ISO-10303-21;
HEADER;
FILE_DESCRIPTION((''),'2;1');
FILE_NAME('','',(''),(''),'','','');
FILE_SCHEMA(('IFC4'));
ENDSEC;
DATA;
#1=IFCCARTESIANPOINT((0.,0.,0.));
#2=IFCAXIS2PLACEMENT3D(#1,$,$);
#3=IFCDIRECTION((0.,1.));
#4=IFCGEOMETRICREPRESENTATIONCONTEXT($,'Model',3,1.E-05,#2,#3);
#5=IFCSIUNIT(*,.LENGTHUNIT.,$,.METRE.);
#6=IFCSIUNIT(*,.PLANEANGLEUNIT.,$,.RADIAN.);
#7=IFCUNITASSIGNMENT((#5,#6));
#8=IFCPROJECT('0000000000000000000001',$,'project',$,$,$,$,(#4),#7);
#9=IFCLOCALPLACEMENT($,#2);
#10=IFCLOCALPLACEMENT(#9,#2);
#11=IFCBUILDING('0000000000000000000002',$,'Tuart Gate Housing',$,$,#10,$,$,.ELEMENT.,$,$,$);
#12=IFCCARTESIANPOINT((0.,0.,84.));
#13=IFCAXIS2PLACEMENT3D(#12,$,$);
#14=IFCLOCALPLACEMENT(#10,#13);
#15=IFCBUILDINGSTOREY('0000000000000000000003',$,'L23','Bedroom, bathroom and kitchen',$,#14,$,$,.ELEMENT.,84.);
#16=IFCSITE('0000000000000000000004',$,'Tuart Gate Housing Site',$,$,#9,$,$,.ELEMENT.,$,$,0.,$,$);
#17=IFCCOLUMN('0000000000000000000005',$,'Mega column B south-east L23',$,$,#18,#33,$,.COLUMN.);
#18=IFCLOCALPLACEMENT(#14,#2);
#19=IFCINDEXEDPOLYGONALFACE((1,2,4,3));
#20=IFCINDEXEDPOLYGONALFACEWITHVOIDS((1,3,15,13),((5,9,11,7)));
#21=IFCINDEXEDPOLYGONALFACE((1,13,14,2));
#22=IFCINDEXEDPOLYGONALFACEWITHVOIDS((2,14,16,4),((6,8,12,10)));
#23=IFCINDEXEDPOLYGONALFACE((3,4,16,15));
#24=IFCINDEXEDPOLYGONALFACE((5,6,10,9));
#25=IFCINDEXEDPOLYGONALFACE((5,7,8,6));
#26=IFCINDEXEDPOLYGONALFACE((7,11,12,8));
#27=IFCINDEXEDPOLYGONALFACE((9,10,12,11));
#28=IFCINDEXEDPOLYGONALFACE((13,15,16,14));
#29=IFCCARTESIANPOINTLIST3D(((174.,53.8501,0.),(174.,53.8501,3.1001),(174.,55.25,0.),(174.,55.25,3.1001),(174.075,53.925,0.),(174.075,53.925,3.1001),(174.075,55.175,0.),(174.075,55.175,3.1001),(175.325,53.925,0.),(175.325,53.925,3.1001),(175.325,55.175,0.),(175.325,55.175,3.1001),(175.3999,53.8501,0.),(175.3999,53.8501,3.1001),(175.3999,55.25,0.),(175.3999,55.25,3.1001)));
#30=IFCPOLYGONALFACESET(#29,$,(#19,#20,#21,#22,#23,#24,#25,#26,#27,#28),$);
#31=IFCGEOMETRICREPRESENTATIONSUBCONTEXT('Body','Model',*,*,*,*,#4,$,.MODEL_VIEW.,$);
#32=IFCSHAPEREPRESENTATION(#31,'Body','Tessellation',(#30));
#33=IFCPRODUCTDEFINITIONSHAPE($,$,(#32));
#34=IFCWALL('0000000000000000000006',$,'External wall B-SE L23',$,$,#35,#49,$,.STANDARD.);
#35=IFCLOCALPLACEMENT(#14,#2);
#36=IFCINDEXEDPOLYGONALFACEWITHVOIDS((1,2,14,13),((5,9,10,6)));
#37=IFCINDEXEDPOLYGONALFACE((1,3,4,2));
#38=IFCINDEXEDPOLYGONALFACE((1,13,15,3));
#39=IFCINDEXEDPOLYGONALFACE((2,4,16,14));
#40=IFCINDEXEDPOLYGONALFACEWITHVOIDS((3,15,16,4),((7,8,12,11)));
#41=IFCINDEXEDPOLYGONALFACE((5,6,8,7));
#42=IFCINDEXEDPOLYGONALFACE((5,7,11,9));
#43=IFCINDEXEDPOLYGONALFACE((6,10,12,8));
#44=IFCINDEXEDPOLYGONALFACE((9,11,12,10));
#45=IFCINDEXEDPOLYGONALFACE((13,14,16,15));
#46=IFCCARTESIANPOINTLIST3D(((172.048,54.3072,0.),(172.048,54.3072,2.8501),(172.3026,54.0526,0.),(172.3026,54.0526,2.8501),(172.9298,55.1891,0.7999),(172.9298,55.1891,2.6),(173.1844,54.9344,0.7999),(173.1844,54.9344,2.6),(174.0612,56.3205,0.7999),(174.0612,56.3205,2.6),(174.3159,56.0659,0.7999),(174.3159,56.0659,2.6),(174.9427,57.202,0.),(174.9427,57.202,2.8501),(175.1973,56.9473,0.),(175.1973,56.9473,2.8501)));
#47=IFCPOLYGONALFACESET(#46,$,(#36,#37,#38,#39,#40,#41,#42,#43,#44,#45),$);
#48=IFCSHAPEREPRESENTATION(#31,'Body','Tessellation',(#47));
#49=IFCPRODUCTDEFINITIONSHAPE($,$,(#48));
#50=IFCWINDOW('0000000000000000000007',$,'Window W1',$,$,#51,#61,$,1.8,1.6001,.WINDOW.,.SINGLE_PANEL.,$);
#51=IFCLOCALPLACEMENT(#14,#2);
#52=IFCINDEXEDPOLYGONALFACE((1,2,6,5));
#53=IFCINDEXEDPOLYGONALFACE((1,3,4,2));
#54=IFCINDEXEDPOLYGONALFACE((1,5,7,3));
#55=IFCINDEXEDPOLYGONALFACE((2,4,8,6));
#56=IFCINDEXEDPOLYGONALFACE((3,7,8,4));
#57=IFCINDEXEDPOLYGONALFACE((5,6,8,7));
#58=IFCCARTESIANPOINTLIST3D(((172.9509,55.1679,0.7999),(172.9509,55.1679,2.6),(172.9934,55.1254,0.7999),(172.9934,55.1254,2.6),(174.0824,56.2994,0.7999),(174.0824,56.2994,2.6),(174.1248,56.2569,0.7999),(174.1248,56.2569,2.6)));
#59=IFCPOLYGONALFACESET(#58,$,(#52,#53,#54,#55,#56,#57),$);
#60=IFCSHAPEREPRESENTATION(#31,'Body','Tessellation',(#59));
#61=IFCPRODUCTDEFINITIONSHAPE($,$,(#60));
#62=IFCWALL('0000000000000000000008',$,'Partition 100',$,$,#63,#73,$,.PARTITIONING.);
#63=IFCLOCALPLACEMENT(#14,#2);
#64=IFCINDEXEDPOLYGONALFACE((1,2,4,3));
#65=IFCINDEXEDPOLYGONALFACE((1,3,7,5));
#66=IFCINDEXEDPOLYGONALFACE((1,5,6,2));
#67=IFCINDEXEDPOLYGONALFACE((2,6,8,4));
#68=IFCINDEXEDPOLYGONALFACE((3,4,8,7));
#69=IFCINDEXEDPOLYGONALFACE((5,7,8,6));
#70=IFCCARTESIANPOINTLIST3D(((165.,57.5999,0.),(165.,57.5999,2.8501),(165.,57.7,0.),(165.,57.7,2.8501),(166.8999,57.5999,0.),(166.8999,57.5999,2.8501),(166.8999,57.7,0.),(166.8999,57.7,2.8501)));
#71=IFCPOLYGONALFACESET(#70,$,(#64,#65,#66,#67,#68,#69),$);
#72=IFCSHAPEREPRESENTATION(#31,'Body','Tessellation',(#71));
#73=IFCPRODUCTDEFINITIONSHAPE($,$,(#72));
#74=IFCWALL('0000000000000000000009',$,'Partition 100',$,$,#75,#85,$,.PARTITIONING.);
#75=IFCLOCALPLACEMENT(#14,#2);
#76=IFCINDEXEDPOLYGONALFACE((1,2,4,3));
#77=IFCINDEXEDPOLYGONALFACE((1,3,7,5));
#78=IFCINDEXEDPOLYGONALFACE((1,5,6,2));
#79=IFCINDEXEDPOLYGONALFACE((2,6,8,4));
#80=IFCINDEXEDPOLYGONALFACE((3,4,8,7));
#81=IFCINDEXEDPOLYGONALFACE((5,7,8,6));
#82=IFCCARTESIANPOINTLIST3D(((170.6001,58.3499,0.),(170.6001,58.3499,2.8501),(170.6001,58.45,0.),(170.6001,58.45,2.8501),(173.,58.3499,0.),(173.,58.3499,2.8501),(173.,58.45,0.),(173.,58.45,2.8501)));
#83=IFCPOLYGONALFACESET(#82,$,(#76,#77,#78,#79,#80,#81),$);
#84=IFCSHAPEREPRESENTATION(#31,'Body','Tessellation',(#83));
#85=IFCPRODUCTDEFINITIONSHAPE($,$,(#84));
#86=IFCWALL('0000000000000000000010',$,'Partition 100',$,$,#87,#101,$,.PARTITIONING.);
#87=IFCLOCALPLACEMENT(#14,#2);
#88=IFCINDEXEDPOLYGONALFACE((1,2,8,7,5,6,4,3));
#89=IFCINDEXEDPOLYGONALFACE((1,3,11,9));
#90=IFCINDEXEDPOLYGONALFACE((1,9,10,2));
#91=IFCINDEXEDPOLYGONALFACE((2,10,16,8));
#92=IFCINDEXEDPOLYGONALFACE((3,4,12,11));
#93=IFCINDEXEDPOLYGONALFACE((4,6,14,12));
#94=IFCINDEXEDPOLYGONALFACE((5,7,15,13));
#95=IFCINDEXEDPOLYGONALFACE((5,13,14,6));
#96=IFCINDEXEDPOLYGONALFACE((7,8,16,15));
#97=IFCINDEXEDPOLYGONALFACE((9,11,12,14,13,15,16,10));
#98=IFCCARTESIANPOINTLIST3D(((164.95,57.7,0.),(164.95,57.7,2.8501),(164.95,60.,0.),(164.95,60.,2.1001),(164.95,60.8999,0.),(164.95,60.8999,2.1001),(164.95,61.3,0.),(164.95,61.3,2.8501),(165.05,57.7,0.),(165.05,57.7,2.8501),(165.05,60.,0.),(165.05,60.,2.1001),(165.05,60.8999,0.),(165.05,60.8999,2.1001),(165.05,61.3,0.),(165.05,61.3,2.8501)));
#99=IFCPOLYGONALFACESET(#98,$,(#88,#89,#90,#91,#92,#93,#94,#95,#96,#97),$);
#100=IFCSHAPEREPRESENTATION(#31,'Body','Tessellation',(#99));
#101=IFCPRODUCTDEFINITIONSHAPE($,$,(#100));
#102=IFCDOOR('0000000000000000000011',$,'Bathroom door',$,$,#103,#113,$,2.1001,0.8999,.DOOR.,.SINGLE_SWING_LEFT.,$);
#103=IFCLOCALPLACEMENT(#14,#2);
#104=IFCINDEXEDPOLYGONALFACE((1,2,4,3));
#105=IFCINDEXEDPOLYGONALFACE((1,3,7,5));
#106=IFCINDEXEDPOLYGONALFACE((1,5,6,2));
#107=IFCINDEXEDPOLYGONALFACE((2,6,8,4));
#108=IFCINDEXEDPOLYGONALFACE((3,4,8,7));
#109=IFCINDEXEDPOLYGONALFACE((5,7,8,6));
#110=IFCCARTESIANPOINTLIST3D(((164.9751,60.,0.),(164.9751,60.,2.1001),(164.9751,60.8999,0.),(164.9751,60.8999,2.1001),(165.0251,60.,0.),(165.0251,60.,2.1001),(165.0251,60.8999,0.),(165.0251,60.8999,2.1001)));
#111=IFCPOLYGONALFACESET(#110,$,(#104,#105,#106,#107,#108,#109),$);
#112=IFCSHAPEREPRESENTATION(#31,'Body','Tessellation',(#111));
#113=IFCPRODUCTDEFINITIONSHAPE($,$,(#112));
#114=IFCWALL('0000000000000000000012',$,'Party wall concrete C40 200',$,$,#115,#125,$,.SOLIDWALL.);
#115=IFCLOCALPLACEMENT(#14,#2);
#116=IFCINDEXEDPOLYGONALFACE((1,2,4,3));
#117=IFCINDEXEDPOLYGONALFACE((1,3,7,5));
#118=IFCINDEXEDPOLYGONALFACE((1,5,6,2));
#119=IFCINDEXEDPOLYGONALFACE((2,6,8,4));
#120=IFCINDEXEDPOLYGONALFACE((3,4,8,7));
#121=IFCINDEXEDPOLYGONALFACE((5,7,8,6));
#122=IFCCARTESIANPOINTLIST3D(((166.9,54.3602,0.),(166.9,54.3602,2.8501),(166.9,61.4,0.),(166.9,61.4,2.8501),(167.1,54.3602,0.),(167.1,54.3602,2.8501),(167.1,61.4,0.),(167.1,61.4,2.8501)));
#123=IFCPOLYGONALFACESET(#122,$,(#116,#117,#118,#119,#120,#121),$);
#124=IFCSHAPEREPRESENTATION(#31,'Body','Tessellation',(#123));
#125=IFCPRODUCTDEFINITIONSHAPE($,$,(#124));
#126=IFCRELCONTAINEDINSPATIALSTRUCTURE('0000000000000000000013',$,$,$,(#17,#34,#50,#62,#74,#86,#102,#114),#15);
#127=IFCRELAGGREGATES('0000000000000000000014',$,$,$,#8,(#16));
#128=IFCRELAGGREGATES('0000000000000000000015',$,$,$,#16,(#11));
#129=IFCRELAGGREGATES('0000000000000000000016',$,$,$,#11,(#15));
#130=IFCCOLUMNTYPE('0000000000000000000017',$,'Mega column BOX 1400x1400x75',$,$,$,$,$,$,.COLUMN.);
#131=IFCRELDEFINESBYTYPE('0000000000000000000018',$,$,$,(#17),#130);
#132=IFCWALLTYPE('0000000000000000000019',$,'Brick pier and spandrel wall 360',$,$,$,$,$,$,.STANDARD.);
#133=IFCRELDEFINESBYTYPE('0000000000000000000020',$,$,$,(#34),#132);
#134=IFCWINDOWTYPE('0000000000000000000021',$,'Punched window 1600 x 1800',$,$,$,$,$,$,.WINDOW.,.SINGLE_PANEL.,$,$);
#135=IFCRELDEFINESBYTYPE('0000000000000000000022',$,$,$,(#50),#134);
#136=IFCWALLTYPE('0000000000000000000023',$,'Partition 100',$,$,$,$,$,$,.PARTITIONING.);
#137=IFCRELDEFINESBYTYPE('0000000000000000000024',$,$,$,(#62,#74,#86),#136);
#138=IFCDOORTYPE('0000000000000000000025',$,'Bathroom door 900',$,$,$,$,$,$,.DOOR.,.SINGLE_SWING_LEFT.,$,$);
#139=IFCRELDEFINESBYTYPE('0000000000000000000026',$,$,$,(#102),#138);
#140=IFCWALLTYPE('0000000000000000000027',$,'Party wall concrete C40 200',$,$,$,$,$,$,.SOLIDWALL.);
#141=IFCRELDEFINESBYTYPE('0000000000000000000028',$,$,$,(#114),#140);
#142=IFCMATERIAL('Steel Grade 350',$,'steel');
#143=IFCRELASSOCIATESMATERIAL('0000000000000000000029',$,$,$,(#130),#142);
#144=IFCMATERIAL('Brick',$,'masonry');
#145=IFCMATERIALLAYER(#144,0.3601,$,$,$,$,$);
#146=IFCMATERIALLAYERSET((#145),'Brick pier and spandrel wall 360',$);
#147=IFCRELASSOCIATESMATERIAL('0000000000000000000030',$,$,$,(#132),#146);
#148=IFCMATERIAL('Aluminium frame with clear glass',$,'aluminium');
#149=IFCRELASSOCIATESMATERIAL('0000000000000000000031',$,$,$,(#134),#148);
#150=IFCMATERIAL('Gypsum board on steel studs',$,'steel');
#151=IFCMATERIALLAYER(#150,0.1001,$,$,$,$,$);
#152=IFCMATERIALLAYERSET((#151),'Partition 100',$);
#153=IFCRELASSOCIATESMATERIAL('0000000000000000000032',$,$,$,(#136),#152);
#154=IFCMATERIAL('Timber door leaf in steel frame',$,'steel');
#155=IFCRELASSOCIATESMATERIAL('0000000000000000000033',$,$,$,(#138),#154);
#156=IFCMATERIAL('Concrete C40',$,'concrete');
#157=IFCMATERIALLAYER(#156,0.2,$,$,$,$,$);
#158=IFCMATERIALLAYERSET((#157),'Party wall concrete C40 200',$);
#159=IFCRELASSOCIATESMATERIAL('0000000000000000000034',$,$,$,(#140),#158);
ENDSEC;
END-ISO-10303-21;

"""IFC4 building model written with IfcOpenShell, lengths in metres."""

from ifc_helpers import new_model, si_unit, direction, frame, frame_2d, origin, origin_2d, place, context, subcontext, project, spatial, rectangle, hollow_rectangle, extrude, material, layer, layer_set, material_profile, profile_set, type_object, element, fill, save


model = new_model("IFC4")

# Units and contexts
model_context = context("Model", 3, precision=1e-05, world=origin(), true_north=direction((0.0, 1.0)))
body_context = subcontext(model_context, "Body", "Model", "MODEL_VIEW")
ifc_project = project(units=[si_unit("LENGTHUNIT", "METRE"), si_unit("PLANEANGLEUNIT", "RADIAN")], contexts=[model_context])

# Site, building, storey
site_placement = place(None, origin())
site = spatial("IfcSite", under=ifc_project, at=site_placement, Name="Tuart Gate Housing Site", CompositionType="ELEMENT", RefElevation=0.0)
building_placement = place(site_placement, origin())
building = spatial("IfcBuilding", under=site, at=building_placement, Name="Tuart Gate Housing", CompositionType="ELEMENT")
storey_placement = place(building_placement, frame((0.0, 0.0, 84.0)))
storey = spatial("IfcBuildingStorey", under=building, at=storey_placement, Name="L23", Description="Bedroom, bathroom and kitchen", CompositionType="ELEMENT", Elevation=84.0)

# Column
ifc_material_1 = material(Name="Steel Grade 350", Category="steel")
ifc_material_profile = material_profile(ifc_material_1, hollow_rectangle(XDim=1.3999, YDim=1.3999, WallThickness=0.075, at=origin_2d()), Name="BOX 1400x1400x75")
ifc_profile_set = profile_set([ifc_material_profile], Name="Steel Grade 350")
column_type = type_object("IfcColumnType", Name="Mega column BOX 1400x1400x75", PredefinedType="COLUMN", material=ifc_profile_set)
column_placement = place(storey_placement, frame((174.7, 54.55, 0.0), z_axis=(0.0, 0.0, 1.0), x_axis=(1.0, 0.0, 0.0)))
element("IfcColumn", 1, at=column_placement, inside=storey, type_object=column_type, Name="Mega column B south-east L23", PredefinedType="COLUMN", context=body_context, shape_type="SweptSolid", body=[
    extrude(hollow_rectangle(XDim=1.3999, YDim=1.3999, WallThickness=0.075, at=origin_2d()), origin(), (0.0, 0.0, 1.0), 3.1001),
])

# Wall, opening, window
ifc_material_2 = material(Name="Brick", Category="masonry")
ifc_layer_1 = layer(ifc_material_2, 0.3601)
ifc_layer_set_1 = layer_set([ifc_layer_1], Name="Brick pier and spandrel wall 360")
wall_type_1 = type_object("IfcWallType", Name="Brick pier and spandrel wall 360", PredefinedType="STANDARD", material=ifc_layer_set_1)
wall_1_placement = place(storey_placement, frame((172.1753, 54.1799, 0.0), z_axis=(0.0, 0.0, 1.0), x_axis=(0.707107, 0.707107, 0.0)))
wall_1 = element("IfcWall", 2, at=wall_1_placement, inside=storey, type_object=wall_type_1, Name="External wall B-SE L23", PredefinedType="STANDARD", context=body_context, shape_type="SweptSolid", body=[
    extrude(rectangle(XDim=4.0938, YDim=0.3601, at=frame_2d((2.0469, 0.0))), origin(), (0.0, 0.0, 1.0), 2.8501),
])
opening_1_placement = place(wall_1_placement, frame((1.2471, 0.0, 0.8)))
opening_1 = element("IfcOpeningElement", 3, at=opening_1_placement, cuts=wall_1, PredefinedType="OPENING", context=body_context, shape_type="SweptSolid", body=[
    extrude(rectangle(XDim=1.6001, YDim=1.8, at=frame_2d((0.8, 0.8999))), frame((0.0, 0.1899, 0.0), z_axis=(0.0, -1.0, 0.0), x_axis=(1.0, 0.0, 0.0)), (0.0, 0.0, 1.0), 0.3801),
])
ifc_material_3 = material(Name="Aluminium frame with clear glass", Category="aluminium")
window_type_1 = type_object("IfcWindowType", Name="Punched window 1600 x 1800", PartitioningType="SINGLE_PANEL", PredefinedType="WINDOW", material=ifc_material_3)
window_1_placement = place(opening_1_placement, origin())
window_1 = element("IfcWindow", 4, at=window_1_placement, inside=storey, type_object=window_type_1, Name="Window W1", OverallHeight=1.8, OverallWidth=1.6001, PartitioningType="SINGLE_PANEL", PredefinedType="WINDOW", context=body_context, shape_type="SweptSolid", body=[
    extrude(rectangle(XDim=1.6001, YDim=1.8, at=frame_2d((0.8, 0.8999))), frame((0.0, 0.1501, 0.0), z_axis=(0.0, -1.0, 0.0), x_axis=(1.0, 0.0, 0.0)), (0.0, 0.0, 1.0), 0.0601),
])
fill(opening_1, window_1)

# Walls
ifc_material_4 = material(Name="Gypsum board on steel studs", Category="steel")
ifc_layer_2 = layer(ifc_material_4, 0.1001)
ifc_layer_set_2 = layer_set([ifc_layer_2], Name="Partition 100")
wall_type_2 = type_object("IfcWallType", Name="Partition 100", PredefinedType="PARTITIONING", material=ifc_layer_set_2)
wall_2_placement = place(storey_placement, frame((165.0, 57.6499, 0.0), z_axis=(0.0, 0.0, 1.0), x_axis=(1.0, 0.0, 0.0)))
element("IfcWall", 5, at=wall_2_placement, inside=storey, type_object=wall_type_2, Name="Partition 100", PredefinedType="PARTITIONING", context=body_context, shape_type="SweptSolid", body=[
    extrude(rectangle(XDim=1.8999, YDim=0.1001, at=frame_2d((0.95, 0.0))), origin(), (0.0, 0.0, 1.0), 2.8501),
])
wall_3_placement = place(storey_placement, frame((170.6001, 58.3999, 0.0), z_axis=(0.0, 0.0, 1.0), x_axis=(1.0, 0.0, 0.0)))
element("IfcWall", 6, at=wall_3_placement, inside=storey, type_object=wall_type_2, Name="Partition 100", PredefinedType="PARTITIONING", context=body_context, shape_type="SweptSolid", body=[
    extrude(rectangle(XDim=2.3999, YDim=0.1001, at=frame_2d((1.2, 0.0))), origin(), (0.0, 0.0, 1.0), 2.8501),
])

# Wall, opening, door
wall_4_placement = place(storey_placement, frame((165.0, 57.7, 0.0), z_axis=(0.0, 0.0, 1.0), x_axis=(0.0, 1.0, 0.0)))
wall_4 = element("IfcWall", 7, at=wall_4_placement, inside=storey, type_object=wall_type_2, Name="Partition 100", PredefinedType="PARTITIONING", context=body_context, shape_type="SweptSolid", body=[
    extrude(rectangle(XDim=3.6001, YDim=0.1001, at=frame_2d((1.8, 0.0))), origin(), (0.0, 0.0, 1.0), 2.8501),
])
opening_2_placement = place(wall_4_placement, frame((2.3, 0.0, 0.0)))
opening_2 = element("IfcOpeningElement", 8, at=opening_2_placement, cuts=wall_4, PredefinedType="OPENING", context=body_context, shape_type="SweptSolid", body=[
    extrude(rectangle(XDim=0.8999, YDim=2.1001, at=frame_2d((0.45, 1.05))), frame((0.0, 0.0601, 0.0), z_axis=(0.0, -1.0, 0.0), x_axis=(1.0, 0.0, 0.0)), (0.0, 0.0, 1.0), 0.1201),
])
ifc_material_5 = material(Name="Timber door leaf in steel frame", Category="steel")
door_type = type_object("IfcDoorType", Name="Bathroom door 900", OperationType="SINGLE_SWING_LEFT", PredefinedType="DOOR", material=ifc_material_5)
door_placement = place(opening_2_placement, frame((0.8999, 0.0, 0.0), z_axis=(0.0, 0.0, 1.0), x_axis=(-1.0, 0.0, 0.0)))
door = element("IfcDoor", 9, at=door_placement, inside=storey, type_object=door_type, Name="Bathroom door", OperationType="SINGLE_SWING_LEFT", OverallHeight=2.1001, OverallWidth=0.8999, PredefinedType="DOOR", context=body_context, shape_type="SweptSolid", body=[
    extrude(rectangle(XDim=0.8999, YDim=2.1001, at=frame_2d((0.45, 1.05))), frame((0.0, 0.0251, 0.0), z_axis=(0.0, -1.0, 0.0), x_axis=(1.0, 0.0, 0.0)), (0.0, 0.0, 1.0), 0.05),
])
fill(opening_2, door)

# Wall
ifc_material_6 = material(Name="Concrete C40", Category="concrete")
ifc_layer_3 = layer(ifc_material_6, 0.2)
ifc_layer_set_3 = layer_set([ifc_layer_3], Name="Party wall concrete C40 200")
wall_type_3 = type_object("IfcWallType", Name="Party wall concrete C40 200", PredefinedType="SOLIDWALL", material=ifc_layer_set_3)
wall_5_placement = place(storey_placement, frame((167.0, 54.3601, 0.0), z_axis=(0.0, 0.0, 1.0), x_axis=(0.0, 1.0, 0.0)))
element("IfcWall", 10, at=wall_5_placement, inside=storey, type_object=wall_type_3, Name="Party wall concrete C40 200", PredefinedType="SOLIDWALL", context=body_context, shape_type="SweptSolid", body=[
    extrude(rectangle(XDim=7.0398, YDim=0.2, at=frame_2d((3.52, 0.0))), origin(), (0.0, 0.0, 1.0), 2.8501),
])

save(model, "model.ifc")
